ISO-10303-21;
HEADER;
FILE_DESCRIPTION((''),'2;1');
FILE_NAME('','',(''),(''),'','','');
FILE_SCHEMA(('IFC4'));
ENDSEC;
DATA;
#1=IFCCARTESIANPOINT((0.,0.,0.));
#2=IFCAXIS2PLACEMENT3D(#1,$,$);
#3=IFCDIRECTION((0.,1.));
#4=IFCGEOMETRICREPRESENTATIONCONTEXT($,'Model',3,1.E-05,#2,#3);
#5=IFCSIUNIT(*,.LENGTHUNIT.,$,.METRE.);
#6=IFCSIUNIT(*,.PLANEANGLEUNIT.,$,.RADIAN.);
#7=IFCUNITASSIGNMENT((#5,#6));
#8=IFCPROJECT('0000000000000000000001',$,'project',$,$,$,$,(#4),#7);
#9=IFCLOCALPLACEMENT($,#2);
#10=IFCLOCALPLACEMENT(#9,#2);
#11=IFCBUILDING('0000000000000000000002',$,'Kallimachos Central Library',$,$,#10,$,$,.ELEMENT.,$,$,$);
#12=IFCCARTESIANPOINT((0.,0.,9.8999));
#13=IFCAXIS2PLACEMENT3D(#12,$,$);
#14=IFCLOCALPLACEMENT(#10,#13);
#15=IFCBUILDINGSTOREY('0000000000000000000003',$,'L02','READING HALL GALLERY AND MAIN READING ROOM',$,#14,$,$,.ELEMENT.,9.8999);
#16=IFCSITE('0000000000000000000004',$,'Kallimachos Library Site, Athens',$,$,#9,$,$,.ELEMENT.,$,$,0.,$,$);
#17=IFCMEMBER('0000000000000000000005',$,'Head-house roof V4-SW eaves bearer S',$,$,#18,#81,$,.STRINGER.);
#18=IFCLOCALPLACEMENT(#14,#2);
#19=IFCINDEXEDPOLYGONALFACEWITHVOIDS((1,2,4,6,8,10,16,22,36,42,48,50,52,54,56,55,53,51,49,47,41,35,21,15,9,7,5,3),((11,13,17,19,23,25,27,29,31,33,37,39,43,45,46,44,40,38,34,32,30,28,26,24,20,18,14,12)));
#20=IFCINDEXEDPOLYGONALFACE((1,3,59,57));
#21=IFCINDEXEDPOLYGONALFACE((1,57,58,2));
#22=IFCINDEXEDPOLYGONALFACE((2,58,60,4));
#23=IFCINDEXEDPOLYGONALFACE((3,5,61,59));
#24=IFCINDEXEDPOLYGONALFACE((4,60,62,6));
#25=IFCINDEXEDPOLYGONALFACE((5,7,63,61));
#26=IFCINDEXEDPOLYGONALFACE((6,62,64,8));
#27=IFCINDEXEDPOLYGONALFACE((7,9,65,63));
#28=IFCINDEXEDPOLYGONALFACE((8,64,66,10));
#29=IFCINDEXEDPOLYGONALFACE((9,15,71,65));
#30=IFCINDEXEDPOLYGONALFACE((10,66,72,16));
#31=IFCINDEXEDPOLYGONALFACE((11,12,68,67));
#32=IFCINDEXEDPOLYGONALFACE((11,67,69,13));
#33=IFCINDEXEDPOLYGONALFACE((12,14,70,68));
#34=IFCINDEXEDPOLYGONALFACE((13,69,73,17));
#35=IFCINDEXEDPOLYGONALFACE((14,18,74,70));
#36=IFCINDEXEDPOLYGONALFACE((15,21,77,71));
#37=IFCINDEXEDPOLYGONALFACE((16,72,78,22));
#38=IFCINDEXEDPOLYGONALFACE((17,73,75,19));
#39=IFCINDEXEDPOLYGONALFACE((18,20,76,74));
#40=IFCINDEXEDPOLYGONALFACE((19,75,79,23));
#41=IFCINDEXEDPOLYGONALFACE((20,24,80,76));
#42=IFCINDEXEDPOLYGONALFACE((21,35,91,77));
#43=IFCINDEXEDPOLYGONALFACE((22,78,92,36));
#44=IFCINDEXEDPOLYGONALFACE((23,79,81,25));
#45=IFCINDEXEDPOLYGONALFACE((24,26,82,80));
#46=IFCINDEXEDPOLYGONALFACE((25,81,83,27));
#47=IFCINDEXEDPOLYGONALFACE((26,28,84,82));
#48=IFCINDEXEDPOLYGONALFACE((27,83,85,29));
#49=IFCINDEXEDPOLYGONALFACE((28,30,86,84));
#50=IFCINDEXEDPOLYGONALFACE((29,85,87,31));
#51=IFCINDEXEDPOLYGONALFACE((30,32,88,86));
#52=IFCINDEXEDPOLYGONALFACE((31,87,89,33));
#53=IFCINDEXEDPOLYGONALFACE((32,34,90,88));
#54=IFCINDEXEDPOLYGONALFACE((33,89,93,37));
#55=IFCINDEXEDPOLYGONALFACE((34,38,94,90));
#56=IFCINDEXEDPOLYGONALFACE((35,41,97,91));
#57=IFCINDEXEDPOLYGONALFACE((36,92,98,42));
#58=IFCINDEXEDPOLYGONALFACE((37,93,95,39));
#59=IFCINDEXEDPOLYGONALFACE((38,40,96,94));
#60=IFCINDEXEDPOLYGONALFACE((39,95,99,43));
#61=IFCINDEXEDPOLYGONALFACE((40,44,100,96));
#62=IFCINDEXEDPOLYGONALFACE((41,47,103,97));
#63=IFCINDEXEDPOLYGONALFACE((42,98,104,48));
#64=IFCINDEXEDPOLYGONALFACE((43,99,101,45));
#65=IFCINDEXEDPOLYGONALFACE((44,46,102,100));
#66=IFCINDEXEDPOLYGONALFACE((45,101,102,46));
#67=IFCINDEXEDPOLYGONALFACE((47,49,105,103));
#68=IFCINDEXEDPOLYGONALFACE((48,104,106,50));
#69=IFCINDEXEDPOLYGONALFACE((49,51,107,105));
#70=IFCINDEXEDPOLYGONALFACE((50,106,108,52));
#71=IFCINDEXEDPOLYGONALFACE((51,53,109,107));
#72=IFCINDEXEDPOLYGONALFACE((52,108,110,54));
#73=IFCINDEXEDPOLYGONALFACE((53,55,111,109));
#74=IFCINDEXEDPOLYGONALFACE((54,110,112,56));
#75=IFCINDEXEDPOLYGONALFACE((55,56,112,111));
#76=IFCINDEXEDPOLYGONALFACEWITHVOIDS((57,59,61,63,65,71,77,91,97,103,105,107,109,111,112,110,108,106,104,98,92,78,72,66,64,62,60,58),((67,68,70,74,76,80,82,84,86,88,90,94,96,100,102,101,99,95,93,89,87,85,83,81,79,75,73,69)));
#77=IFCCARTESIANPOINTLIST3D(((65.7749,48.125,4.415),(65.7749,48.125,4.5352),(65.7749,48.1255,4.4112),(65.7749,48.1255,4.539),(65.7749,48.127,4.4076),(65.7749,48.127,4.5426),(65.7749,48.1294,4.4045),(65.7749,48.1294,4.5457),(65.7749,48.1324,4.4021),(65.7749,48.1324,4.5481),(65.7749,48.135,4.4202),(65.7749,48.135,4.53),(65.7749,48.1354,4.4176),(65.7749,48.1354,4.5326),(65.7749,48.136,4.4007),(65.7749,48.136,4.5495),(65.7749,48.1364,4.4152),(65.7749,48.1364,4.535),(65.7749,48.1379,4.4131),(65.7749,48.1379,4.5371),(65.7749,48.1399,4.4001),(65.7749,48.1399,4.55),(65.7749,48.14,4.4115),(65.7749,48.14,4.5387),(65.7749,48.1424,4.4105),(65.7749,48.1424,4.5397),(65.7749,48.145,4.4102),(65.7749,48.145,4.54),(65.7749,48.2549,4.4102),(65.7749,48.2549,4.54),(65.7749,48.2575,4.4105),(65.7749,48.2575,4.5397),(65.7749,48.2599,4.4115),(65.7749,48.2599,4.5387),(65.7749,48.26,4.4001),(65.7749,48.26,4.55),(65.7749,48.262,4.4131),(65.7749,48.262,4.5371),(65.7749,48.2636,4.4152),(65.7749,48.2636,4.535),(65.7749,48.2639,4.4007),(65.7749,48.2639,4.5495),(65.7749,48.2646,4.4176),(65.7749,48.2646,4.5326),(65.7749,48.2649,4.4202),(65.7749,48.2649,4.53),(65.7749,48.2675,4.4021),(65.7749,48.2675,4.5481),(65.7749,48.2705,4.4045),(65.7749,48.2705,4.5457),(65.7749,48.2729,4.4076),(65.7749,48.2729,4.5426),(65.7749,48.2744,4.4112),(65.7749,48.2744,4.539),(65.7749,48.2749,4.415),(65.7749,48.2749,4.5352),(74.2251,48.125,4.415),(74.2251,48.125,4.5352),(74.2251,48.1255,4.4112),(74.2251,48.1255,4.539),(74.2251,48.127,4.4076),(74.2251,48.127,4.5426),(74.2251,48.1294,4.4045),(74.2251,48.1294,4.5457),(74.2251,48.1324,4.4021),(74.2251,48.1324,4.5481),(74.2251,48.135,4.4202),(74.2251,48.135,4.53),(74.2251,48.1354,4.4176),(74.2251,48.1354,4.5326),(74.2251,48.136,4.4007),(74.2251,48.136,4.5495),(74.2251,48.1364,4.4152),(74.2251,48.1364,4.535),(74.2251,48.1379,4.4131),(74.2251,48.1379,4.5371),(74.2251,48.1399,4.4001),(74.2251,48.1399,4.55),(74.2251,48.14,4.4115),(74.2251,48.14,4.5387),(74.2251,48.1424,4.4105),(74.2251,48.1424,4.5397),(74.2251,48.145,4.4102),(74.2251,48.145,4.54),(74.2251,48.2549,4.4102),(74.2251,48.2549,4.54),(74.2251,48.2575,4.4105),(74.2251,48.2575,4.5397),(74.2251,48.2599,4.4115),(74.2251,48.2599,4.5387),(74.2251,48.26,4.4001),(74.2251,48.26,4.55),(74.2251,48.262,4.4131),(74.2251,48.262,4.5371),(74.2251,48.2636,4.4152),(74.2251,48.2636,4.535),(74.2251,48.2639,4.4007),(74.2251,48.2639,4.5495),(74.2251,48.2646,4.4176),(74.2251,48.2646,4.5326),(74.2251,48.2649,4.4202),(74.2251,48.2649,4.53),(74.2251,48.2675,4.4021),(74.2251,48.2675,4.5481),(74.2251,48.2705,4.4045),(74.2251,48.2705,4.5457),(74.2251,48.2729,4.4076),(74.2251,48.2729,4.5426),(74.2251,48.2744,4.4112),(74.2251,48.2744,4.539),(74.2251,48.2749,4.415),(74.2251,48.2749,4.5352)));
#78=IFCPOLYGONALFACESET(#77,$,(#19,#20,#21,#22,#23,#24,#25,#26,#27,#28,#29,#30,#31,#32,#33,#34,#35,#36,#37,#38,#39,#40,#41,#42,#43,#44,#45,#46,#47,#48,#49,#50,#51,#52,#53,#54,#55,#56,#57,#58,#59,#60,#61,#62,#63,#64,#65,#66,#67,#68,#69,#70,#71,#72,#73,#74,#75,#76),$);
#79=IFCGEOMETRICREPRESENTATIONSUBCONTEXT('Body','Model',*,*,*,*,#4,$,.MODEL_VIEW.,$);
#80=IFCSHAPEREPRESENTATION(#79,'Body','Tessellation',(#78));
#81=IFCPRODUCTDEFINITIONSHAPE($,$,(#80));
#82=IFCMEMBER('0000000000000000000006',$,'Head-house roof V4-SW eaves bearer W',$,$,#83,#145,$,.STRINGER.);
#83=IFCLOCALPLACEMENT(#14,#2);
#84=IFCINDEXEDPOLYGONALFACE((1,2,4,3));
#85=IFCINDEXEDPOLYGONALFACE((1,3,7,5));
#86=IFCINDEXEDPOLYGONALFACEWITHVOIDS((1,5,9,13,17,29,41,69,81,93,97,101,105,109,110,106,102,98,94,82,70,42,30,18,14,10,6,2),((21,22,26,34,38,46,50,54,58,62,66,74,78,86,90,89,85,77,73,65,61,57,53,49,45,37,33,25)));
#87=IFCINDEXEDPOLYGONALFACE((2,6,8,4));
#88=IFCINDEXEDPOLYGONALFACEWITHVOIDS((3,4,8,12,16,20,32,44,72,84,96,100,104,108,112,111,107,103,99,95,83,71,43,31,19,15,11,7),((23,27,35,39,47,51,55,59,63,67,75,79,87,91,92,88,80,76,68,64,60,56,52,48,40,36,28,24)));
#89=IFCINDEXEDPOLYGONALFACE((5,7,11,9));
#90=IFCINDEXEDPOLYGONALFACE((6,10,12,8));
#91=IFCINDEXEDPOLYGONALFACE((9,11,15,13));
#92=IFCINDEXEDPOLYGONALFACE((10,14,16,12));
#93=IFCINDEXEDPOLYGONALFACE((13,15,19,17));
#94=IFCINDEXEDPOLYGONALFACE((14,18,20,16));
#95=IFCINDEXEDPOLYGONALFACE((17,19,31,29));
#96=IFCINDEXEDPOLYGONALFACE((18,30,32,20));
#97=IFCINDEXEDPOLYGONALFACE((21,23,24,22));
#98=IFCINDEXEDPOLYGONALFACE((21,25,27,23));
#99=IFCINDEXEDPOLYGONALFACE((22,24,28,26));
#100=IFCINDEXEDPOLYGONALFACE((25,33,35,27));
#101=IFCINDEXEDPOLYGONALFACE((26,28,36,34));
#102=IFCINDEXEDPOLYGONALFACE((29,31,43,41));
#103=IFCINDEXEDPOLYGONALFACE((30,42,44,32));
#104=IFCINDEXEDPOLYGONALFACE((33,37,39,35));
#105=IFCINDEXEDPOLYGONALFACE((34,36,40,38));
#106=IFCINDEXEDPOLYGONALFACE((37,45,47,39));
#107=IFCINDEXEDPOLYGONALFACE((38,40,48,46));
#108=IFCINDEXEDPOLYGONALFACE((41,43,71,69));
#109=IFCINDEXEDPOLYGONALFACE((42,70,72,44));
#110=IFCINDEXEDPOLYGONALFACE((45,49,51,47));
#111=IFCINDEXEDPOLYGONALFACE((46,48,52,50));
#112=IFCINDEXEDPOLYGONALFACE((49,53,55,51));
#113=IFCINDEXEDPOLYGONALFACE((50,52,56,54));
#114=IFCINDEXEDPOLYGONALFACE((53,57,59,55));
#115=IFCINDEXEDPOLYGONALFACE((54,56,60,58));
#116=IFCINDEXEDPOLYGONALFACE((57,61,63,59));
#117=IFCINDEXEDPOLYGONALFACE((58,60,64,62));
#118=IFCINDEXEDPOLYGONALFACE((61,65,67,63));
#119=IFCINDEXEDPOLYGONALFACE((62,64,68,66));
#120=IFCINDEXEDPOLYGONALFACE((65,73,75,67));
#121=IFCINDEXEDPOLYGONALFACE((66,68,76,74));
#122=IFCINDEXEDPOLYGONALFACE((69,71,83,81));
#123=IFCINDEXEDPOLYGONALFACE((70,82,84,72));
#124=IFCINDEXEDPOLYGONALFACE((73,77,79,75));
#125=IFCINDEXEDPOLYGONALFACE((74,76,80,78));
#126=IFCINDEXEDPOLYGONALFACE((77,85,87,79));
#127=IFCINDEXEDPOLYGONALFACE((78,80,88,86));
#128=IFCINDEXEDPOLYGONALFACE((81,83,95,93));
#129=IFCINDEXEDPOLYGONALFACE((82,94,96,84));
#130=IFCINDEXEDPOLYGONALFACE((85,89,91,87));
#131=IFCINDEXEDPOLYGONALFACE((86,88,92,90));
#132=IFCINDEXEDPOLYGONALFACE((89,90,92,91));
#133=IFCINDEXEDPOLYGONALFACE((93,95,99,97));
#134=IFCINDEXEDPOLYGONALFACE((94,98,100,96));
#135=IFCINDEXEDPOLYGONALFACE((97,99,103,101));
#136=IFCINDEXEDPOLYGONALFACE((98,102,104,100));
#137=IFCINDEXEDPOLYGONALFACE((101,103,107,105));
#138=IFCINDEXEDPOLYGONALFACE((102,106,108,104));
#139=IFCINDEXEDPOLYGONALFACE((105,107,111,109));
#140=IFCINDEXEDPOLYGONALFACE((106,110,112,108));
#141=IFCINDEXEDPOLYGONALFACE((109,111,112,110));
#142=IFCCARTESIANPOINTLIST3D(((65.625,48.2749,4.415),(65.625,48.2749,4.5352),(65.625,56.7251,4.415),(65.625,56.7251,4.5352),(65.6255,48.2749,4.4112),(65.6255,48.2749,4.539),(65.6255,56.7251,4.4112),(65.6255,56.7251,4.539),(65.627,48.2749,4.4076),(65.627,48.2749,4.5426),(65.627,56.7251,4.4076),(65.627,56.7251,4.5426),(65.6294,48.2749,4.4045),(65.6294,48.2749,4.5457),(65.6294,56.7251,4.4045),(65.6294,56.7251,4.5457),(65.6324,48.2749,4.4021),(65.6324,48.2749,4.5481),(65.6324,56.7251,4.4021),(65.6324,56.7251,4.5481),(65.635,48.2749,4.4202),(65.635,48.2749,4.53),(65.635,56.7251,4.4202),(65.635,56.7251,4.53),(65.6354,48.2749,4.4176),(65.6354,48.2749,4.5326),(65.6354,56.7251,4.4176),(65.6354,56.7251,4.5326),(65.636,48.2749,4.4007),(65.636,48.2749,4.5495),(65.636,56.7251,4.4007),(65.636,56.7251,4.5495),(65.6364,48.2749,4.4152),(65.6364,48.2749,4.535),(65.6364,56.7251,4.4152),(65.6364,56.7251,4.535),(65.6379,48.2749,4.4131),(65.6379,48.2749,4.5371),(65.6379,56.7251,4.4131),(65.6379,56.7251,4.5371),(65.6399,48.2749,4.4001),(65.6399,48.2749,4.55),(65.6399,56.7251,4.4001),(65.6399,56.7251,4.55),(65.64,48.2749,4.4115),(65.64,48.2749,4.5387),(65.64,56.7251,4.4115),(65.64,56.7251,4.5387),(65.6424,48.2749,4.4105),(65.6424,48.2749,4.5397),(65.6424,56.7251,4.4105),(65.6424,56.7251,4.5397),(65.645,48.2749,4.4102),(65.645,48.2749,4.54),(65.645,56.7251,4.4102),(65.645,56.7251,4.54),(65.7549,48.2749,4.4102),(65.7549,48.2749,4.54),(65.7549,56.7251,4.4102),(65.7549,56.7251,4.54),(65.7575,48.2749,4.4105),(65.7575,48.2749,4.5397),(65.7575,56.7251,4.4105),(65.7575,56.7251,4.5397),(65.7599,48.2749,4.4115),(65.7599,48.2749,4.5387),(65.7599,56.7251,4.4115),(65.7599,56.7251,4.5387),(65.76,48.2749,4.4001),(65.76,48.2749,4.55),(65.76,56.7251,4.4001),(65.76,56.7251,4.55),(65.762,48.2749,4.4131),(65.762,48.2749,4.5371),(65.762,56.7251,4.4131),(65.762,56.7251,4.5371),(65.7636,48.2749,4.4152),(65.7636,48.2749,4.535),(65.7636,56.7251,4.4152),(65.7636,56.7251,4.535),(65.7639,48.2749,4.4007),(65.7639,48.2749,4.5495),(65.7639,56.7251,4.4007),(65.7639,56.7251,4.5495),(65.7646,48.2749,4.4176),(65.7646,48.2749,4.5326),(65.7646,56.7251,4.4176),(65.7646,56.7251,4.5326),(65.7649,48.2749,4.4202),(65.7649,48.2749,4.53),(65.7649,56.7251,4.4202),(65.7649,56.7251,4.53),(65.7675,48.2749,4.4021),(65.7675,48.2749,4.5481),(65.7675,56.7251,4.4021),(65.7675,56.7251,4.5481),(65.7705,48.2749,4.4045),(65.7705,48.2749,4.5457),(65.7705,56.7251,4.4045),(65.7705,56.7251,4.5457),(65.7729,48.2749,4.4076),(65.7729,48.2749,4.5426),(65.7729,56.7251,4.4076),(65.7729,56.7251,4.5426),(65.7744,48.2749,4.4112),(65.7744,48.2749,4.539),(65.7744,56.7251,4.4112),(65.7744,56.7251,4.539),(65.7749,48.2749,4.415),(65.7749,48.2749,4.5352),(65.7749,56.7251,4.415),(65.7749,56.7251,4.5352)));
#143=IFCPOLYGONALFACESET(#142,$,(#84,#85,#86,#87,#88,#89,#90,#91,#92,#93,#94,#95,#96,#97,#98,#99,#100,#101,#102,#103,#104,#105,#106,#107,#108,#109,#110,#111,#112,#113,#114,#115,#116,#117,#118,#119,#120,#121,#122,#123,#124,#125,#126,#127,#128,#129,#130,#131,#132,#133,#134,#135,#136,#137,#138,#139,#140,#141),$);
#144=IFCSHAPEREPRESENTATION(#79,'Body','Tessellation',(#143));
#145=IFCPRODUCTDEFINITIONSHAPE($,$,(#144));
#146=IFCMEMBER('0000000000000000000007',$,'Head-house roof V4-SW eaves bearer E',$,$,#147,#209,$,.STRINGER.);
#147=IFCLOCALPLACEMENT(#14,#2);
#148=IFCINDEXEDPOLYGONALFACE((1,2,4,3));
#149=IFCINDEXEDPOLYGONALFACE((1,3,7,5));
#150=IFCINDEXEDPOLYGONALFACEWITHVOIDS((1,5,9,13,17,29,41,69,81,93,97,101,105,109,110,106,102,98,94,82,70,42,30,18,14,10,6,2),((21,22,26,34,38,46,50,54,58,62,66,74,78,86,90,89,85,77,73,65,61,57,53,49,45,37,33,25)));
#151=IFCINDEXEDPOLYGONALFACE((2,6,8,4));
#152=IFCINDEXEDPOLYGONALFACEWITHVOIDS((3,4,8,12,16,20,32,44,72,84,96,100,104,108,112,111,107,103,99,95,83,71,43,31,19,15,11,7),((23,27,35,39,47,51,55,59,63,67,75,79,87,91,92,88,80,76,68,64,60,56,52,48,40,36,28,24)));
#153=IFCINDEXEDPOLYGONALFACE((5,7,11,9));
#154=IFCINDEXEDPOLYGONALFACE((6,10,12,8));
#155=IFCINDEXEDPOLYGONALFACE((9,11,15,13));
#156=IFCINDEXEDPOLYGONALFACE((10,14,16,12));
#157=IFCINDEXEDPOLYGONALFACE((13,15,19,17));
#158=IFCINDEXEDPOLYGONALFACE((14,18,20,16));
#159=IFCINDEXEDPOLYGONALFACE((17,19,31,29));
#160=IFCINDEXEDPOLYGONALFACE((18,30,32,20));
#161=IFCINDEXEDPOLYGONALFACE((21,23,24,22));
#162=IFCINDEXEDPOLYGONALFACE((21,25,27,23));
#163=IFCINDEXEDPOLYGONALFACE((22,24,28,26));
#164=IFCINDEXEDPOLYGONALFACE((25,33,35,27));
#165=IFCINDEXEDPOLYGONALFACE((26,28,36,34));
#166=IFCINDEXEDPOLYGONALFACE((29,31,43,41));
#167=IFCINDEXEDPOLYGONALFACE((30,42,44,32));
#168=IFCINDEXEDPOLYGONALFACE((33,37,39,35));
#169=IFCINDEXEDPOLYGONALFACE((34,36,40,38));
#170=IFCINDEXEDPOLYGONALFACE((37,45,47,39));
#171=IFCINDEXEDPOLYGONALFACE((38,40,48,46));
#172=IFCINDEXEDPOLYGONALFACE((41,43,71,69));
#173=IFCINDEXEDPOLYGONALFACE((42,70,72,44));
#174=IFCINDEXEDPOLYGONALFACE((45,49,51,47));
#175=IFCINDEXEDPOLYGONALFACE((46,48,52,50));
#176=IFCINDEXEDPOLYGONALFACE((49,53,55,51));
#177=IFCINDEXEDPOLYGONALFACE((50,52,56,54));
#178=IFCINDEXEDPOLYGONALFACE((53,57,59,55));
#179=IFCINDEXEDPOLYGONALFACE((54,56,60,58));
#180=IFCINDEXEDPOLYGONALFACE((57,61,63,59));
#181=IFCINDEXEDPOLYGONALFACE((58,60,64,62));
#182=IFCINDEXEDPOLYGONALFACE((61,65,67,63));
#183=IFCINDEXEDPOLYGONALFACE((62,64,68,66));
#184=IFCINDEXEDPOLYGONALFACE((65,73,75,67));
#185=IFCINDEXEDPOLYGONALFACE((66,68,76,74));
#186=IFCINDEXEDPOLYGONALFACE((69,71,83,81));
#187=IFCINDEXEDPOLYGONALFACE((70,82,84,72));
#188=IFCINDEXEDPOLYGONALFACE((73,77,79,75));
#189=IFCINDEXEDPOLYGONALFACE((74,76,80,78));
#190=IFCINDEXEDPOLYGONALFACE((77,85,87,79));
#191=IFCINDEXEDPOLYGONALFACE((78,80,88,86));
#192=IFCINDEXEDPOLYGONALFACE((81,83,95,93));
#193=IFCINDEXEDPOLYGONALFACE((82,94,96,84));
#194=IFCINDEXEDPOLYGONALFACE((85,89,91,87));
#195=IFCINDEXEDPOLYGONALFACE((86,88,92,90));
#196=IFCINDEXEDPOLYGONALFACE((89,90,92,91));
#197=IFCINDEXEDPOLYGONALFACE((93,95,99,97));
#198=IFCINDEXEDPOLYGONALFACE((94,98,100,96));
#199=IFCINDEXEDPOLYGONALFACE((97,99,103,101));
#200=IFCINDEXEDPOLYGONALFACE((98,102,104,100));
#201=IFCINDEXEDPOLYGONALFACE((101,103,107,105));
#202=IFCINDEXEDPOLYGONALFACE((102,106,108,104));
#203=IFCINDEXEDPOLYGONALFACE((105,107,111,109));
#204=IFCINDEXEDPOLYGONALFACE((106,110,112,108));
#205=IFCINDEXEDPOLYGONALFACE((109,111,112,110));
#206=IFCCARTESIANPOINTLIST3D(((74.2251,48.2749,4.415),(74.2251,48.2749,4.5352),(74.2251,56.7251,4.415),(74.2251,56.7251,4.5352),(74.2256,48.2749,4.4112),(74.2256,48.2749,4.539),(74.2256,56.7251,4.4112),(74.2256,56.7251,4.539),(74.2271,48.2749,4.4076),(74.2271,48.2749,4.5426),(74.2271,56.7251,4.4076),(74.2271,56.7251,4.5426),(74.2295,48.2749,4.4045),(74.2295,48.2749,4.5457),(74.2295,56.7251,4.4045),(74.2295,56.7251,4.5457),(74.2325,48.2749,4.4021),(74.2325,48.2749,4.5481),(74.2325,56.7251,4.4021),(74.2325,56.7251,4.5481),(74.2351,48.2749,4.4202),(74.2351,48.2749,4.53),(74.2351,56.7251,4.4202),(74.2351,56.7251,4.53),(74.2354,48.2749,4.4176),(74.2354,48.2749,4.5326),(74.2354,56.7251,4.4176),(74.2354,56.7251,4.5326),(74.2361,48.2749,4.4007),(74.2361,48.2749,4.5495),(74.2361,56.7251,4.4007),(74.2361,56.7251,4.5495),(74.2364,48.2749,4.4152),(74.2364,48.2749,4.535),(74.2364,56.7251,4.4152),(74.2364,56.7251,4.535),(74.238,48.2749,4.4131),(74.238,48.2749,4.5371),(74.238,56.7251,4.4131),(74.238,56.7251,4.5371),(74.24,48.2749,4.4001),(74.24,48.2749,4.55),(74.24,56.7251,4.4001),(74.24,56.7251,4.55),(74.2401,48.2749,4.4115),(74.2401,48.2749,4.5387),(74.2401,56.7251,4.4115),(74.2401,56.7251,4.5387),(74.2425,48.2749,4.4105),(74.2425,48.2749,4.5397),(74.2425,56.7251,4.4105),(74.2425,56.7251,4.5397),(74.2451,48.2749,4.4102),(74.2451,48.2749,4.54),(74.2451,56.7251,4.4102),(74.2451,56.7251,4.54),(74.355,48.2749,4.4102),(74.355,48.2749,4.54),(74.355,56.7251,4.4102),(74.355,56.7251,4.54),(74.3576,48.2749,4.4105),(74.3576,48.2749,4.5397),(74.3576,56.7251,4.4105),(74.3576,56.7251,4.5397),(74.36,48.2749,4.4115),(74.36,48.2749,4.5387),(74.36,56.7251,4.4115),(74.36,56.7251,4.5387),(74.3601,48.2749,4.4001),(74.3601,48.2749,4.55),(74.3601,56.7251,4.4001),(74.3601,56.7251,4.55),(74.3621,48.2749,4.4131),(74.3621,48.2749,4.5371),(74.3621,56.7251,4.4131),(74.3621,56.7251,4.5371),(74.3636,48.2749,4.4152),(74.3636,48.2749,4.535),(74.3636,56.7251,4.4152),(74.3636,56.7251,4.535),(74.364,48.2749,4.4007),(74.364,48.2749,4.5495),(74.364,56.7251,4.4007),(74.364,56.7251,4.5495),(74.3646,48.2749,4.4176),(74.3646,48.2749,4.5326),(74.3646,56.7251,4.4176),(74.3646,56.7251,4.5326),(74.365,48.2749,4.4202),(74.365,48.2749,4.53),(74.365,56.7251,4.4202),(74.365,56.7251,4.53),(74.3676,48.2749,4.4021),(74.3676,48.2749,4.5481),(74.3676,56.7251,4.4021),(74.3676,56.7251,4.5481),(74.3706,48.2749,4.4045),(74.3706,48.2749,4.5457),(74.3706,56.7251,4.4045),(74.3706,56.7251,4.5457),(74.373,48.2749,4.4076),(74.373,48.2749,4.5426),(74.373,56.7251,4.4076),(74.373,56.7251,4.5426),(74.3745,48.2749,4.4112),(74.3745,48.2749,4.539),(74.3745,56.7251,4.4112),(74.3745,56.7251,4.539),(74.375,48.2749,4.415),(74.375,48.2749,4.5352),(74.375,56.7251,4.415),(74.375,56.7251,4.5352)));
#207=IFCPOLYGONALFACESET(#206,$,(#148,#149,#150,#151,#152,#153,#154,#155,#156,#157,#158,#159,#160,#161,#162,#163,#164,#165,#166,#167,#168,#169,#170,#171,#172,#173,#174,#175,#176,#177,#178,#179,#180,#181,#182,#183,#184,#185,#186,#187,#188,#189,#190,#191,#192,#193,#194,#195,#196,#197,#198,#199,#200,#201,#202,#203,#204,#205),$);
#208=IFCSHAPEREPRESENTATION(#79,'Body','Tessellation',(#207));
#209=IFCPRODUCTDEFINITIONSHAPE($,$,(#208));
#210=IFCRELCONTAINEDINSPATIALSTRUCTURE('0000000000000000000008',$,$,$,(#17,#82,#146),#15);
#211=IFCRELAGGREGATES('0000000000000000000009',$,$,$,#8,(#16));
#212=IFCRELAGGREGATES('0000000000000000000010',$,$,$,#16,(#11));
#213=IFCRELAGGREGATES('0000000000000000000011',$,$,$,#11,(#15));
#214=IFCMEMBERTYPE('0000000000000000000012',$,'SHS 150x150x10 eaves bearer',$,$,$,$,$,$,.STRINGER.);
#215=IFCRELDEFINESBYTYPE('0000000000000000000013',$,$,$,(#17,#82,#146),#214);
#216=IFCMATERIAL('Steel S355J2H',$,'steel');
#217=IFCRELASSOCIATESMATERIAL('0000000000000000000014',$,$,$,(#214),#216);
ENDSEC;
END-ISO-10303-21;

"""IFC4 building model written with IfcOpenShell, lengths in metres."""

from ifc_helpers import new_model, si_unit, direction, frame, origin, origin_2d, place, context, subcontext, project, spatial, hollow_rectangle, extrude, material, material_profile, profile_set, type_object, element, save


model = new_model("IFC4")

# Units and contexts
model_context = context("Model", 3, precision=1e-05, world=origin(), true_north=direction((0.0, 1.0)))
body_context = subcontext(model_context, "Body", "Model", "MODEL_VIEW")
ifc_project = project(units=[si_unit("LENGTHUNIT", "METRE"), si_unit("PLANEANGLEUNIT", "RADIAN")], contexts=[model_context])

# Site, building, storey
site_placement = place(None, origin())
site = spatial("IfcSite", under=ifc_project, at=site_placement, Name="Kallimachos Library Site, Athens", CompositionType="ELEMENT", RefElevation=0.0)
building_placement = place(site_placement, origin())
building = spatial("IfcBuilding", under=site, at=building_placement, Name="Kallimachos Central Library", CompositionType="ELEMENT")
storey_placement = place(building_placement, frame((0.0, 0.0, 9.8999)))
storey = spatial("IfcBuildingStorey", under=building, at=storey_placement, Name="L02", Description="READING HALL GALLERY AND MAIN READING ROOM", CompositionType="ELEMENT", Elevation=9.8999)

# Members
ifc_material_1 = material(Name="Steel S355J2H", Category="steel")
ifc_material_profile_1 = material_profile(ifc_material_1, hollow_rectangle(XDim=0.1499, YDim=0.1499, WallThickness=0.01, InnerFilletRadius=0.01, OuterFilletRadius=0.0149, at=origin_2d()), Name="SHS 150x150x10")
ifc_profile_set_1 = profile_set([ifc_material_profile_1], Name="Steel S355J2H")
member_type_1 = type_object("IfcMemberType", Name="SHS 150x150x10 eaves bearer", PredefinedType="STRINGER", material=ifc_profile_set_1)
for number, where, z_axis, x_axis, name in (
    (1, (65.7749, 48.2, 4.4751), (1.0, 0.0, 0.0), (0.0, 1.0, 0.0), "Head-house roof V4-SW eaves bearer S"),
    (2, (65.7, 48.2749, 4.4751), (0.0, 1.0, 0.0), (-1.0, 0.0, 0.0), "Head-house roof V4-SW eaves bearer W"),
    (3, (74.3, 48.2749, 4.4751), (0.0, 1.0, 0.0), (-1.0, 0.0, 0.0), "Head-house roof V4-SW eaves bearer E"),
):
    element("IfcMember", number, at=place(storey_placement, frame(where, z_axis=z_axis, x_axis=x_axis)), inside=storey, type_object=member_type_1, Name=name, PredefinedType="STRINGER", context=body_context, shape_type="SweptSolid", body=[
        extrude(hollow_rectangle(XDim=0.1499, YDim=0.1499, WallThickness=0.01, InnerFilletRadius=0.01, OuterFilletRadius=0.0149, at=origin_2d()), origin(), (0.0, 0.0, 1.0), 8.4502),
    ])

save(model, "model.ifc")
